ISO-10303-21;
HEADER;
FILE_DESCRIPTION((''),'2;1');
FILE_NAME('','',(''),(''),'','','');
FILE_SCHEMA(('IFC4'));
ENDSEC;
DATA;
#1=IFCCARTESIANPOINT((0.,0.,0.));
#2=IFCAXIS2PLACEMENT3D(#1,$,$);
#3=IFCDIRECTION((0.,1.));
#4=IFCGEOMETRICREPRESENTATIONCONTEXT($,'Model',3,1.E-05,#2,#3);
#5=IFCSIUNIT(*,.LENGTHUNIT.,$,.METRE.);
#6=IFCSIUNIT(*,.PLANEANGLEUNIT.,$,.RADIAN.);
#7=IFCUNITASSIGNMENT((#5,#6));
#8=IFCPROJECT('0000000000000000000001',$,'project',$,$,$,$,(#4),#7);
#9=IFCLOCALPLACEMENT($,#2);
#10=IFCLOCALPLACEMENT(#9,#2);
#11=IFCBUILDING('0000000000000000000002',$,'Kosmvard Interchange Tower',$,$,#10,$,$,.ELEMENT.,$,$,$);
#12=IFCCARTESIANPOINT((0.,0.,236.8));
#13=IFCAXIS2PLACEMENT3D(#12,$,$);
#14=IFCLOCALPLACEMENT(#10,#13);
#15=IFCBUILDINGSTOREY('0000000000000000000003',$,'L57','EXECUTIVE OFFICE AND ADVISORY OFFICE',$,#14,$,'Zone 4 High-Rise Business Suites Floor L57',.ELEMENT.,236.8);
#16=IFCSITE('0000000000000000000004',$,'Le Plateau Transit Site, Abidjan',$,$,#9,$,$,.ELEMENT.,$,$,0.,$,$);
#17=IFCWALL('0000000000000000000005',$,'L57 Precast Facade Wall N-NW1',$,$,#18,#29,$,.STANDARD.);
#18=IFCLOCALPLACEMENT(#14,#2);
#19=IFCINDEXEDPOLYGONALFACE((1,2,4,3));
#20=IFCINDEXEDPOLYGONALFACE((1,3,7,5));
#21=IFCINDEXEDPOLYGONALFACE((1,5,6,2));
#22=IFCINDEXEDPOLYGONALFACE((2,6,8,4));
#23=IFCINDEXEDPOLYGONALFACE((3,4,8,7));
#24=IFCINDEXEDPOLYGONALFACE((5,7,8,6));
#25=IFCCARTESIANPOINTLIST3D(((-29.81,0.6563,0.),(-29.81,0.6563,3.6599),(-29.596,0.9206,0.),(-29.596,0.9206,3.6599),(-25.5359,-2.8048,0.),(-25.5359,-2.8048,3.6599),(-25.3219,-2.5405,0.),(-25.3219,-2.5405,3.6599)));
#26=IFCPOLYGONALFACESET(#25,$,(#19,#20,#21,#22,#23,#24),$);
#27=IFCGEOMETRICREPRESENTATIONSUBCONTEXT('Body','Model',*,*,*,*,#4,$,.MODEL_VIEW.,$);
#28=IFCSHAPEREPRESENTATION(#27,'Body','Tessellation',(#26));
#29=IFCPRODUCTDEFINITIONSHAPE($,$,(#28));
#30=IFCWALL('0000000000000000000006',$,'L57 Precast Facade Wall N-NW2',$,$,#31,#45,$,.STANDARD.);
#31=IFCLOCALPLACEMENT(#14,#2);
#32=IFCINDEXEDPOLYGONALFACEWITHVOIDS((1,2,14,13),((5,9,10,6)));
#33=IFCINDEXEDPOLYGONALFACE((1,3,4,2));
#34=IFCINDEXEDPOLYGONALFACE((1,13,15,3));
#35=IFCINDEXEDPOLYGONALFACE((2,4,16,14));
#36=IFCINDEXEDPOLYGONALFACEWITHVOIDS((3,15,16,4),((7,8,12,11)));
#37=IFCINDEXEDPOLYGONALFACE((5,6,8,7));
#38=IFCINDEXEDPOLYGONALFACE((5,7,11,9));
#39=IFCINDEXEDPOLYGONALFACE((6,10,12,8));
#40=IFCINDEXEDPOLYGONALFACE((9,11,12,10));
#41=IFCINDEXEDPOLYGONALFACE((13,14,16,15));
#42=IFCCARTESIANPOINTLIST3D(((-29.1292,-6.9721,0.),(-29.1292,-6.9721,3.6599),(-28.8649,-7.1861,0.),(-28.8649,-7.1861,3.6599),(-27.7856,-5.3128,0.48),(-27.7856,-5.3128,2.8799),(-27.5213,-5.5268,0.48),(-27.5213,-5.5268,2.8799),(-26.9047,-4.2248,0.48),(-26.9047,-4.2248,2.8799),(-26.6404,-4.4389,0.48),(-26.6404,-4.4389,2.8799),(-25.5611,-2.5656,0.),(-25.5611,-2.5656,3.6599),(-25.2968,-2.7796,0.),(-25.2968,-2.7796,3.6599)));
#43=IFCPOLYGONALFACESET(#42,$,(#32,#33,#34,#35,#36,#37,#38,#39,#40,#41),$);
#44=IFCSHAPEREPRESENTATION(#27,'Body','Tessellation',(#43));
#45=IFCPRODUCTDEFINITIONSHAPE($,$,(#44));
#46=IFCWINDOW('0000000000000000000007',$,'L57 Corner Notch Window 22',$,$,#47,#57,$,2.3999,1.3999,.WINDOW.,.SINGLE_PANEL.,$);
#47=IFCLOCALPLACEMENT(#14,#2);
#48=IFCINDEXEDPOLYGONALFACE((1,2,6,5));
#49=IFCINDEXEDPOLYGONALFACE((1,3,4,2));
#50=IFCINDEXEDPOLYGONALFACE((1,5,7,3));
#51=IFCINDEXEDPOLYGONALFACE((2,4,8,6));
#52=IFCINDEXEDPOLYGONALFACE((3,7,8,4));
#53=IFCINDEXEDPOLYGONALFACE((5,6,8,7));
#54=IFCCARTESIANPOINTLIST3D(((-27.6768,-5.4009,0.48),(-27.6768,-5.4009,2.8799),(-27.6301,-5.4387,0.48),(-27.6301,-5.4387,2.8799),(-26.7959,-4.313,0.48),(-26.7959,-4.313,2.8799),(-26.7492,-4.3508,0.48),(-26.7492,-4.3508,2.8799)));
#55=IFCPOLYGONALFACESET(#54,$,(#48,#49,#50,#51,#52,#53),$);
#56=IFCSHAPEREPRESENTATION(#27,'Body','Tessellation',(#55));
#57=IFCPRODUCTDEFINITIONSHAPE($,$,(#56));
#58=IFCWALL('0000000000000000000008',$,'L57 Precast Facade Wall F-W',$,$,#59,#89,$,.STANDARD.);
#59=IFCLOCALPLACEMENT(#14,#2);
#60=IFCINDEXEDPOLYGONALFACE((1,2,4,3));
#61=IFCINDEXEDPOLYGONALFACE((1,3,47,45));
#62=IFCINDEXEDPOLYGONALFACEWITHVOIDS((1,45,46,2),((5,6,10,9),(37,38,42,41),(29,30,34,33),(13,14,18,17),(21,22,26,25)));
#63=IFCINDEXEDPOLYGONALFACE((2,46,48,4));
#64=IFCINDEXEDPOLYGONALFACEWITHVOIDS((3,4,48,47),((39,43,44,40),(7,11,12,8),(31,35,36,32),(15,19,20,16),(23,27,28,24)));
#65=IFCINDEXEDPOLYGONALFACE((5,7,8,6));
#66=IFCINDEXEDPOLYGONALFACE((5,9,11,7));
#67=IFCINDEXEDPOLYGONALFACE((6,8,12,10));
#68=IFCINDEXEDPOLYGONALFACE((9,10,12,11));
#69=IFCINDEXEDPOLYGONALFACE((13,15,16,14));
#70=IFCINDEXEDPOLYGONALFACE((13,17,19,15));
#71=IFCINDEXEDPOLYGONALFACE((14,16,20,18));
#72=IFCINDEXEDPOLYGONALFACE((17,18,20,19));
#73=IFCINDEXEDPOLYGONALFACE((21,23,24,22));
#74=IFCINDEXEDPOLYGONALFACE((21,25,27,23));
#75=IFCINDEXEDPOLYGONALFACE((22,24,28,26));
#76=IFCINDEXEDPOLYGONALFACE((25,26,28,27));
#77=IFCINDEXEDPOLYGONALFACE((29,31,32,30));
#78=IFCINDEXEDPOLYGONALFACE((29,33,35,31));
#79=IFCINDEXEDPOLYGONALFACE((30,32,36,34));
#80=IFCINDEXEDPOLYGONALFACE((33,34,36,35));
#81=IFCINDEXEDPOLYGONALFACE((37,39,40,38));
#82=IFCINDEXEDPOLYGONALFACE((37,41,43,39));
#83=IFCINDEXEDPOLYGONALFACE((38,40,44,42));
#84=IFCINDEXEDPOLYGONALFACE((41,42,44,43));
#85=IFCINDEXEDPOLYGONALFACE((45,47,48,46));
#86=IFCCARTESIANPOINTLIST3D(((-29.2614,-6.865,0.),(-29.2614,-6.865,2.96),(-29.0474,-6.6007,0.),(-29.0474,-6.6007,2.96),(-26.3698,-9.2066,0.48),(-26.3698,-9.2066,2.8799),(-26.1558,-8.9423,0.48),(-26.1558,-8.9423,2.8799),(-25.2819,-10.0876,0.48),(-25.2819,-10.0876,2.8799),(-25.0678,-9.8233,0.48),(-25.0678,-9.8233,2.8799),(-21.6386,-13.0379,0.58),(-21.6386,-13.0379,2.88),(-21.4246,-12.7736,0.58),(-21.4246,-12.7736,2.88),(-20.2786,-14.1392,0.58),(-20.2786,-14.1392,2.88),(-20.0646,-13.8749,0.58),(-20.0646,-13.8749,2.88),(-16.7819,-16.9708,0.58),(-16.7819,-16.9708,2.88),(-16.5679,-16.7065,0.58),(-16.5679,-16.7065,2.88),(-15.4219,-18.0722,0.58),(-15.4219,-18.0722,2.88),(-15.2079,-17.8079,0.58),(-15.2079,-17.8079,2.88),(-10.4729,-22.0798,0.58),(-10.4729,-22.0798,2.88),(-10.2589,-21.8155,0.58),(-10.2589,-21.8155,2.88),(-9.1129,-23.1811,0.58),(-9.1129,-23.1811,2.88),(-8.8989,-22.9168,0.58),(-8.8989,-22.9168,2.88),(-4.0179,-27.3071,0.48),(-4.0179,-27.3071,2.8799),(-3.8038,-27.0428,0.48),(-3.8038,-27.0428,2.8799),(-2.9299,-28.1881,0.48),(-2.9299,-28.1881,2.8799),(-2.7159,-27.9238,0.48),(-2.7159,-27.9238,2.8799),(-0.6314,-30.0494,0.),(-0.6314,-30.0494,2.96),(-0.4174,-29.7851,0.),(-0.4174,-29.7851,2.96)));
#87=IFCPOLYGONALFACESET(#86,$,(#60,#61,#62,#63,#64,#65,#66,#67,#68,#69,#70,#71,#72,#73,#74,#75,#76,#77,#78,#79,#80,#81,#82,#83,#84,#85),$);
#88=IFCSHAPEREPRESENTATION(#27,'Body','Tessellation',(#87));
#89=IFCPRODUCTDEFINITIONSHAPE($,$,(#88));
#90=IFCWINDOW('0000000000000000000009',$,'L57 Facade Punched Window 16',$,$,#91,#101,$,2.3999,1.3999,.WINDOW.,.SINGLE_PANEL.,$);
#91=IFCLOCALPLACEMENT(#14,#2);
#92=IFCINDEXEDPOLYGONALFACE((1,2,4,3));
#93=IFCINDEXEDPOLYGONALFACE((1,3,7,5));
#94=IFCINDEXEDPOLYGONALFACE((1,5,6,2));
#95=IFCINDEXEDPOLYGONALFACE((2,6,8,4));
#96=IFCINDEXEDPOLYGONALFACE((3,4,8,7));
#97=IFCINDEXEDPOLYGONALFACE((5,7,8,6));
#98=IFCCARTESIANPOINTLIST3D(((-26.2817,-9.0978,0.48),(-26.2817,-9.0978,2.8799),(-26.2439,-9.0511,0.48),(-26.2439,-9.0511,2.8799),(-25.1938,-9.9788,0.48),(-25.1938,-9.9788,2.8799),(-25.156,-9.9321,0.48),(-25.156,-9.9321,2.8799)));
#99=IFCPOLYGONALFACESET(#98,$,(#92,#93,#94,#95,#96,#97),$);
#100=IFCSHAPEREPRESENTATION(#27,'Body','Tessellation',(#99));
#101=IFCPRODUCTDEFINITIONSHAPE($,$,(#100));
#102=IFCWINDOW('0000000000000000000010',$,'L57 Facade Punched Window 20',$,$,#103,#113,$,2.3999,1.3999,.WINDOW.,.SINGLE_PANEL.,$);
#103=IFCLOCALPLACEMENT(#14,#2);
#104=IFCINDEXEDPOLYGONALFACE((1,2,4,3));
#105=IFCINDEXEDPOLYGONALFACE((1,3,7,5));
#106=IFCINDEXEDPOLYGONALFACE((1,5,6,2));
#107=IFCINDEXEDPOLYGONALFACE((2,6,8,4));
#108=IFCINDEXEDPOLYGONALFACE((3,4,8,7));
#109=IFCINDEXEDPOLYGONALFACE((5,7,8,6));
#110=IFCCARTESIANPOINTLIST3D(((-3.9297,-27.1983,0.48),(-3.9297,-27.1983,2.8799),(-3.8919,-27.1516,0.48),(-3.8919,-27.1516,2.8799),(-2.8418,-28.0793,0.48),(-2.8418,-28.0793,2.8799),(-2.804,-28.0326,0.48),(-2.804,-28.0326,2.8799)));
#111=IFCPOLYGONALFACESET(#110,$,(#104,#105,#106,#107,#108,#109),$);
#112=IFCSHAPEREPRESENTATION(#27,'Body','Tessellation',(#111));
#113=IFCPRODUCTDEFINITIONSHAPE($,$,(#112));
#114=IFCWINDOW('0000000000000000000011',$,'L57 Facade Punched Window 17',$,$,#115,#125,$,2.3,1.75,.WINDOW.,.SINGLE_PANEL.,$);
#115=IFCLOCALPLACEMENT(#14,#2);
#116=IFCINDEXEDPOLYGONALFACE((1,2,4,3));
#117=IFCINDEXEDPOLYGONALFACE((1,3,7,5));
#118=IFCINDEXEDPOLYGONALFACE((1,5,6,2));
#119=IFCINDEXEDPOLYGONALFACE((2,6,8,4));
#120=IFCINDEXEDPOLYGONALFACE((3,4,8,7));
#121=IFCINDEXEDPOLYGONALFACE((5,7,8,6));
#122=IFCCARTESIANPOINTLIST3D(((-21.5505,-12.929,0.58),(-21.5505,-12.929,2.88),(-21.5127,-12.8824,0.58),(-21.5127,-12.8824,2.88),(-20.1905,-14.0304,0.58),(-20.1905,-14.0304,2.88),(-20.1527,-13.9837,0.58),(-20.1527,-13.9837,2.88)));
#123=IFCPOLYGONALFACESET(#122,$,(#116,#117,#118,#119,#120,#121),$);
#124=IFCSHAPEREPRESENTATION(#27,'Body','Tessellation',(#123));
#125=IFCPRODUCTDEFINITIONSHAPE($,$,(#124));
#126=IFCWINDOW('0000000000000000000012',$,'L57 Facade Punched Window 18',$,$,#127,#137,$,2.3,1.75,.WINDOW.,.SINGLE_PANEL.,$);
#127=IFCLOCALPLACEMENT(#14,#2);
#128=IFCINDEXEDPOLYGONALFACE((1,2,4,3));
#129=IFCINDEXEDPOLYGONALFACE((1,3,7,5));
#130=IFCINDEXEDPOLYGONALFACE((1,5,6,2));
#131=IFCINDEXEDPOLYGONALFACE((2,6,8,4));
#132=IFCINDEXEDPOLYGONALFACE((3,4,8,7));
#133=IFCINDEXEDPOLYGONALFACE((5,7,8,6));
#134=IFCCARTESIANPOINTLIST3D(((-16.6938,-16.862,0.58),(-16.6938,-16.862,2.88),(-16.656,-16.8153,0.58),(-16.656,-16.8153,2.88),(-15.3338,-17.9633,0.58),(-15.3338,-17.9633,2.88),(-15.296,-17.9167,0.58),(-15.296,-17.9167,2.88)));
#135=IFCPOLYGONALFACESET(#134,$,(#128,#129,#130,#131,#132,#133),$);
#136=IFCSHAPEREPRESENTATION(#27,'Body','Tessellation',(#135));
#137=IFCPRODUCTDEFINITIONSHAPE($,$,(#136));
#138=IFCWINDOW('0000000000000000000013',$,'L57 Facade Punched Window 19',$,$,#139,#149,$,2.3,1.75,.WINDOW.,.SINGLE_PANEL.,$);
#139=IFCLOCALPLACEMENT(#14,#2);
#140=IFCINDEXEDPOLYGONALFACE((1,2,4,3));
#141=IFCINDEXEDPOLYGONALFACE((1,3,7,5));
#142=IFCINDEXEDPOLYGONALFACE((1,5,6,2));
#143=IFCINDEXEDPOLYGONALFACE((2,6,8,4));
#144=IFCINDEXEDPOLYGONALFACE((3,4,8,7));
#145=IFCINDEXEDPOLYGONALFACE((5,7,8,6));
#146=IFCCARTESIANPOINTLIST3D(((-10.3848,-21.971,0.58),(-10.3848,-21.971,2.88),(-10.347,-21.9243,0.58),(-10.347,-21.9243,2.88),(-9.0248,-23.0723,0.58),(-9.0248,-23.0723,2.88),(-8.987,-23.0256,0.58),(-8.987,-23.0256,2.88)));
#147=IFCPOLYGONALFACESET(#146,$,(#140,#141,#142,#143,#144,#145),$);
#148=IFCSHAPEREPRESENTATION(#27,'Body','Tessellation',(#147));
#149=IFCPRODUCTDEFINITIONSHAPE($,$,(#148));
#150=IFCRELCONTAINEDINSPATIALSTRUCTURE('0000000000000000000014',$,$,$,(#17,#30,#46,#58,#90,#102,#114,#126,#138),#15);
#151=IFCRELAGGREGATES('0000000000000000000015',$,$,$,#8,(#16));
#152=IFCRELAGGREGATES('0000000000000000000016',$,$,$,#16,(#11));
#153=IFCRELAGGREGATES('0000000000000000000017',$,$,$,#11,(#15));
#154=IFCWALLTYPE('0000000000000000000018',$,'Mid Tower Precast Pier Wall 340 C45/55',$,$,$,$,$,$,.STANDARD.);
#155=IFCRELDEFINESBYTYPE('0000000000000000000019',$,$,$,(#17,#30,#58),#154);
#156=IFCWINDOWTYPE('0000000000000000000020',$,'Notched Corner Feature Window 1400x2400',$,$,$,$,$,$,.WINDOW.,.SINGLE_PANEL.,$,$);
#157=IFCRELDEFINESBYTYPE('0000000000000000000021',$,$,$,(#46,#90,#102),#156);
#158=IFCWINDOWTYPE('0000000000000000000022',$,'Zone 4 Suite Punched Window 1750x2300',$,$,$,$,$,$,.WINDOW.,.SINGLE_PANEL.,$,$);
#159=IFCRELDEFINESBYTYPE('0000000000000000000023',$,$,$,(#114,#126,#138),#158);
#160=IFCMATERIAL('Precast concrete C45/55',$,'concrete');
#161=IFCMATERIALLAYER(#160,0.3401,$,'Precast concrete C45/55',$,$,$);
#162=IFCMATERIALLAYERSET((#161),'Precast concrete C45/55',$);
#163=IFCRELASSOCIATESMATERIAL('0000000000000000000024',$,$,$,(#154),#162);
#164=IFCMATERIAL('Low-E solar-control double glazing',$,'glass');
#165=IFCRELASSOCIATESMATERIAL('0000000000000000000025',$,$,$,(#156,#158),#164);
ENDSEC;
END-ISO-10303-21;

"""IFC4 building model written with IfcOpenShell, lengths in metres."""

from ifc_helpers import new_model, si_unit, direction, frame, frame_2d, origin, place, context, subcontext, project, spatial, rectangle, extrude, source, transform, mapped, material, layer, layer_set, type_object, element, fill, save


model = new_model("IFC4")

# Units and contexts
model_context = context("Model", 3, precision=1e-05, world=origin(), true_north=direction((0.0, 1.0)))
body_context = subcontext(model_context, "Body", "Model", "MODEL_VIEW")
ifc_project = project(units=[si_unit("LENGTHUNIT", "METRE"), si_unit("PLANEANGLEUNIT", "RADIAN")], contexts=[model_context])

# Site, building, storey
site_placement = place(None, origin())
site = spatial("IfcSite", under=ifc_project, at=site_placement, Name="Le Plateau Transit Site, Abidjan", CompositionType="ELEMENT", RefElevation=0.0)
building_placement = place(site_placement, origin())
building = spatial("IfcBuilding", under=site, at=building_placement, Name="Kosmvard Interchange Tower", CompositionType="ELEMENT")
storey_placement = place(building_placement, frame((0.0, 0.0, 236.8)))
storey = spatial("IfcBuildingStorey", under=building, at=storey_placement, Name="L57", Description="EXECUTIVE OFFICE AND ADVISORY OFFICE", LongName="Zone 4 High-Rise Business Suites Floor L57", CompositionType="ELEMENT", Elevation=236.8)

# Shared definitions
ifc_material_1 = material(Name="Precast concrete C45/55", Category="concrete")

# Wall
ifc_layer_1 = layer(ifc_material_1, 0.3401, Name="Precast concrete C45/55")
ifc_layer_set_1 = layer_set([ifc_layer_1], Name="Precast concrete C45/55")
wall_type_1 = type_object("IfcWallType", Name="Mid Tower Precast Pier Wall 340 C45/55", PredefinedType="STANDARD", material=ifc_layer_set_1)
wall_1_placement = place(storey_placement, frame((-29.7031, 0.7886, 0.0), z_axis=(0.0, 0.0, 1.0), x_axis=(0.777144, -0.629323, 0.0)))
element("IfcWall", 1, at=wall_1_placement, inside=storey, type_object=wall_type_1, Name="L57 Precast Facade Wall N-NW1", PredefinedType="STANDARD", context=body_context, shape_type="SweptSolid", body=[
    extrude(rectangle(XDim=5.4998, YDim=0.3401, at=frame_2d((2.75, 0.0))), origin(), (0.0, 0.0, 1.0), 3.6599),
])

# Wall, opening, window
wall_2_placement = place(storey_placement, frame((-25.429, -2.6726, 0.0), z_axis=(0.0, 0.0, 1.0), x_axis=(-0.6293, -0.777163, 0.0)))
wall_2 = element("IfcWall", 2, at=wall_2_placement, inside=storey, type_object=wall_type_1, Name="L57 Precast Facade Wall N-NW2", PredefinedType="STANDARD", context=body_context, shape_type="SweptSolid", body=[
    extrude(rectangle(XDim=5.6699, YDim=0.3401, at=frame_2d((2.835, 0.0))), origin(), (0.0, 0.0, 1.0), 3.6599),
])
opening_1_placement = place(wall_2_placement, frame((2.135, 0.0, 0.48)))
opening_1 = element("IfcOpeningElement", 3, at=opening_1_placement, cuts=wall_2, PredefinedType="OPENING", context=body_context, shape_type="SweptSolid", body=[
    extrude(rectangle(XDim=1.3999, YDim=2.3999, at=frame_2d((0.7, 1.2))), frame((0.0, 0.1802, 0.0), z_axis=(0.0, -1.0, 0.0), x_axis=(1.0, 0.0, 0.0)), (0.0, 0.0, 1.0), 0.3601),
])
ifc_material_2 = material(Name="Low-E solar-control double glazing", Category="glass")
window_type_1 = type_object("IfcWindowType", Name="Notched Corner Feature Window 1400x2400", PartitioningType="SINGLE_PANEL", PredefinedType="WINDOW", material=ifc_material_2)
shared_shape_1 = source(origin(), body_context, "Body", "SweptSolid", [
    extrude(rectangle(XDim=1.3999, YDim=2.3999, at=frame_2d((0.7, 1.2))), frame((0.0, 0.03, 0.0), z_axis=(0.0, -1.0, 0.0), x_axis=(1.0, 0.0, 0.0)), (0.0, 0.0, 1.0), 0.0601),
])
window_1_placement = place(opening_1_placement, origin())
window_1 = element("IfcWindow", 4, at=window_1_placement, inside=storey, type_object=window_type_1, Name="L57 Corner Notch Window 22", OverallHeight=2.3999, OverallWidth=1.3999, PartitioningType="SINGLE_PANEL", PredefinedType="WINDOW", context=body_context, shape_type="MappedRepresentation", body=[
    mapped(shared_shape_1, transform((0.0, 0.0, 0.0), scale=1.0)),
])
fill(opening_1, window_1)

# Wall, openings, windows
wall_3_placement = place(storey_placement, frame((-29.1543, -6.7329, 0.0), z_axis=(0.0, 0.0, 1.0), x_axis=(0.777142, -0.629325, 0.0)))
wall_3 = element("IfcWall", 5, at=wall_3_placement, inside=storey, type_object=wall_type_1, Name="L57 Precast Facade Wall F-W", PredefinedType="STANDARD", context=body_context, shape_type="SweptSolid", body=[
    extrude(rectangle(XDim=36.8401, YDim=0.3401, at=frame_2d((18.4199, 0.0))), origin(), (0.0, 0.0, 1.0), 2.96),
])
opening_2_placement = place(wall_3_placement, frame((3.7207, 0.0, 0.48)))
opening_2 = element("IfcOpeningElement", 6, at=opening_2_placement, cuts=wall_3, PredefinedType="OPENING", context=body_context, shape_type="SweptSolid", body=[
    extrude(rectangle(XDim=1.3999, YDim=2.3999, at=frame_2d((0.7, 1.2))), frame((0.0, 0.1802, 0.0), z_axis=(0.0, -1.0, 0.0), x_axis=(1.0, 0.0, 0.0)), (0.0, 0.0, 1.0), 0.3601),
])
opening_3_placement = place(wall_3_placement, frame((9.8086, 0.0, 0.5801)))
opening_3 = element("IfcOpeningElement", 7, at=opening_3_placement, cuts=wall_3, PredefinedType="OPENING", context=body_context, shape_type="SweptSolid", body=[
    extrude(rectangle(XDim=1.75, YDim=2.3, at=frame_2d((0.875, 1.1499))), frame((0.0, 0.1802, 0.0), z_axis=(0.0, -1.0, 0.0), x_axis=(1.0, 0.0, 0.0)), (0.0, 0.0, 1.0), 0.3601),
])
opening_4_placement = place(wall_3_placement, frame((16.0581, 0.0, 0.5801)))
opening_4 = element("IfcOpeningElement", 8, at=opening_4_placement, cuts=wall_3, PredefinedType="OPENING", context=body_context, shape_type="SweptSolid", body=[
    extrude(rectangle(XDim=1.75, YDim=2.3, at=frame_2d((0.875, 1.1499))), frame((0.0, 0.1802, 0.0), z_axis=(0.0, -1.0, 0.0), x_axis=(1.0, 0.0, 0.0)), (0.0, 0.0, 1.0), 0.3601),
])
opening_5_placement = place(wall_3_placement, frame((24.1763, 0.0, 0.5801)))
opening_5 = element("IfcOpeningElement", 9, at=opening_5_placement, cuts=wall_3, PredefinedType="OPENING", context=body_context, shape_type="SweptSolid", body=[
    extrude(rectangle(XDim=1.75, YDim=2.3, at=frame_2d((0.875, 1.1499))), frame((0.0, 0.1802, 0.0), z_axis=(0.0, -1.0, 0.0), x_axis=(1.0, 0.0, 0.0)), (0.0, 0.0, 1.0), 0.3601),
])
opening_6_placement = place(wall_3_placement, frame((32.4824, 0.0, 0.48)))
opening_6 = element("IfcOpeningElement", 10, at=opening_6_placement, cuts=wall_3, PredefinedType="OPENING", context=body_context, shape_type="SweptSolid", body=[
    extrude(rectangle(XDim=1.3999, YDim=2.3999, at=frame_2d((0.7, 1.2))), frame((0.0, 0.1802, 0.0), z_axis=(0.0, -1.0, 0.0), x_axis=(1.0, 0.0, 0.0)), (0.0, 0.0, 1.0), 0.3601),
])
window_2_placement = place(opening_2_placement, origin())
window_2 = element("IfcWindow", 11, at=window_2_placement, inside=storey, type_object=window_type_1, Name="L57 Facade Punched Window 16", OverallHeight=2.3999, OverallWidth=1.3999, PartitioningType="SINGLE_PANEL", PredefinedType="WINDOW", context=body_context, shape_type="MappedRepresentation", body=[
    mapped(shared_shape_1, transform((0.0, 0.0, 0.0), scale=1.0)),
])
fill(opening_2, window_2)
window_3_placement = place(opening_6_placement, origin())
window_3 = element("IfcWindow", 12, at=window_3_placement, inside=storey, type_object=window_type_1, Name="L57 Facade Punched Window 20", OverallHeight=2.3999, OverallWidth=1.3999, PartitioningType="SINGLE_PANEL", PredefinedType="WINDOW", context=body_context, shape_type="MappedRepresentation", body=[
    mapped(shared_shape_1, transform((0.0, 0.0, 0.0), scale=1.0)),
])
fill(opening_6, window_3)
window_type_2 = type_object("IfcWindowType", Name="Zone 4 Suite Punched Window 1750x2300", PartitioningType="SINGLE_PANEL", PredefinedType="WINDOW", material=ifc_material_2)
shared_shape_2 = source(origin(), body_context, "Body", "SweptSolid", [
    extrude(rectangle(XDim=1.75, YDim=2.3, at=frame_2d((0.875, 1.1499))), frame((0.0, 0.03, 0.0), z_axis=(0.0, -1.0, 0.0), x_axis=(1.0, 0.0, 0.0)), (0.0, 0.0, 1.0), 0.0601),
])
window_4_placement = place(opening_3_placement, origin())
window_4 = element("IfcWindow", 13, at=window_4_placement, inside=storey, type_object=window_type_2, Name="L57 Facade Punched Window 17", OverallHeight=2.3, OverallWidth=1.75, PartitioningType="SINGLE_PANEL", PredefinedType="WINDOW", context=body_context, shape_type="MappedRepresentation", body=[
    mapped(shared_shape_2, transform((0.0, 0.0, 0.0), scale=1.0)),
])
fill(opening_3, window_4)
window_5_placement = place(opening_4_placement, origin())
window_5 = element("IfcWindow", 14, at=window_5_placement, inside=storey, type_object=window_type_2, Name="L57 Facade Punched Window 18", OverallHeight=2.3, OverallWidth=1.75, PartitioningType="SINGLE_PANEL", PredefinedType="WINDOW", context=body_context, shape_type="MappedRepresentation", body=[
    mapped(shared_shape_2, transform((0.0, 0.0, 0.0), scale=1.0)),
])
fill(opening_4, window_5)
window_6_placement = place(opening_5_placement, origin())
window_6 = element("IfcWindow", 15, at=window_6_placement, inside=storey, type_object=window_type_2, Name="L57 Facade Punched Window 19", OverallHeight=2.3, OverallWidth=1.75, PartitioningType="SINGLE_PANEL", PredefinedType="WINDOW", context=body_context, shape_type="MappedRepresentation", body=[
    mapped(shared_shape_2, transform((0.0, 0.0, 0.0), scale=1.0)),
])
fill(opening_5, window_6)

save(model, "model.ifc")
